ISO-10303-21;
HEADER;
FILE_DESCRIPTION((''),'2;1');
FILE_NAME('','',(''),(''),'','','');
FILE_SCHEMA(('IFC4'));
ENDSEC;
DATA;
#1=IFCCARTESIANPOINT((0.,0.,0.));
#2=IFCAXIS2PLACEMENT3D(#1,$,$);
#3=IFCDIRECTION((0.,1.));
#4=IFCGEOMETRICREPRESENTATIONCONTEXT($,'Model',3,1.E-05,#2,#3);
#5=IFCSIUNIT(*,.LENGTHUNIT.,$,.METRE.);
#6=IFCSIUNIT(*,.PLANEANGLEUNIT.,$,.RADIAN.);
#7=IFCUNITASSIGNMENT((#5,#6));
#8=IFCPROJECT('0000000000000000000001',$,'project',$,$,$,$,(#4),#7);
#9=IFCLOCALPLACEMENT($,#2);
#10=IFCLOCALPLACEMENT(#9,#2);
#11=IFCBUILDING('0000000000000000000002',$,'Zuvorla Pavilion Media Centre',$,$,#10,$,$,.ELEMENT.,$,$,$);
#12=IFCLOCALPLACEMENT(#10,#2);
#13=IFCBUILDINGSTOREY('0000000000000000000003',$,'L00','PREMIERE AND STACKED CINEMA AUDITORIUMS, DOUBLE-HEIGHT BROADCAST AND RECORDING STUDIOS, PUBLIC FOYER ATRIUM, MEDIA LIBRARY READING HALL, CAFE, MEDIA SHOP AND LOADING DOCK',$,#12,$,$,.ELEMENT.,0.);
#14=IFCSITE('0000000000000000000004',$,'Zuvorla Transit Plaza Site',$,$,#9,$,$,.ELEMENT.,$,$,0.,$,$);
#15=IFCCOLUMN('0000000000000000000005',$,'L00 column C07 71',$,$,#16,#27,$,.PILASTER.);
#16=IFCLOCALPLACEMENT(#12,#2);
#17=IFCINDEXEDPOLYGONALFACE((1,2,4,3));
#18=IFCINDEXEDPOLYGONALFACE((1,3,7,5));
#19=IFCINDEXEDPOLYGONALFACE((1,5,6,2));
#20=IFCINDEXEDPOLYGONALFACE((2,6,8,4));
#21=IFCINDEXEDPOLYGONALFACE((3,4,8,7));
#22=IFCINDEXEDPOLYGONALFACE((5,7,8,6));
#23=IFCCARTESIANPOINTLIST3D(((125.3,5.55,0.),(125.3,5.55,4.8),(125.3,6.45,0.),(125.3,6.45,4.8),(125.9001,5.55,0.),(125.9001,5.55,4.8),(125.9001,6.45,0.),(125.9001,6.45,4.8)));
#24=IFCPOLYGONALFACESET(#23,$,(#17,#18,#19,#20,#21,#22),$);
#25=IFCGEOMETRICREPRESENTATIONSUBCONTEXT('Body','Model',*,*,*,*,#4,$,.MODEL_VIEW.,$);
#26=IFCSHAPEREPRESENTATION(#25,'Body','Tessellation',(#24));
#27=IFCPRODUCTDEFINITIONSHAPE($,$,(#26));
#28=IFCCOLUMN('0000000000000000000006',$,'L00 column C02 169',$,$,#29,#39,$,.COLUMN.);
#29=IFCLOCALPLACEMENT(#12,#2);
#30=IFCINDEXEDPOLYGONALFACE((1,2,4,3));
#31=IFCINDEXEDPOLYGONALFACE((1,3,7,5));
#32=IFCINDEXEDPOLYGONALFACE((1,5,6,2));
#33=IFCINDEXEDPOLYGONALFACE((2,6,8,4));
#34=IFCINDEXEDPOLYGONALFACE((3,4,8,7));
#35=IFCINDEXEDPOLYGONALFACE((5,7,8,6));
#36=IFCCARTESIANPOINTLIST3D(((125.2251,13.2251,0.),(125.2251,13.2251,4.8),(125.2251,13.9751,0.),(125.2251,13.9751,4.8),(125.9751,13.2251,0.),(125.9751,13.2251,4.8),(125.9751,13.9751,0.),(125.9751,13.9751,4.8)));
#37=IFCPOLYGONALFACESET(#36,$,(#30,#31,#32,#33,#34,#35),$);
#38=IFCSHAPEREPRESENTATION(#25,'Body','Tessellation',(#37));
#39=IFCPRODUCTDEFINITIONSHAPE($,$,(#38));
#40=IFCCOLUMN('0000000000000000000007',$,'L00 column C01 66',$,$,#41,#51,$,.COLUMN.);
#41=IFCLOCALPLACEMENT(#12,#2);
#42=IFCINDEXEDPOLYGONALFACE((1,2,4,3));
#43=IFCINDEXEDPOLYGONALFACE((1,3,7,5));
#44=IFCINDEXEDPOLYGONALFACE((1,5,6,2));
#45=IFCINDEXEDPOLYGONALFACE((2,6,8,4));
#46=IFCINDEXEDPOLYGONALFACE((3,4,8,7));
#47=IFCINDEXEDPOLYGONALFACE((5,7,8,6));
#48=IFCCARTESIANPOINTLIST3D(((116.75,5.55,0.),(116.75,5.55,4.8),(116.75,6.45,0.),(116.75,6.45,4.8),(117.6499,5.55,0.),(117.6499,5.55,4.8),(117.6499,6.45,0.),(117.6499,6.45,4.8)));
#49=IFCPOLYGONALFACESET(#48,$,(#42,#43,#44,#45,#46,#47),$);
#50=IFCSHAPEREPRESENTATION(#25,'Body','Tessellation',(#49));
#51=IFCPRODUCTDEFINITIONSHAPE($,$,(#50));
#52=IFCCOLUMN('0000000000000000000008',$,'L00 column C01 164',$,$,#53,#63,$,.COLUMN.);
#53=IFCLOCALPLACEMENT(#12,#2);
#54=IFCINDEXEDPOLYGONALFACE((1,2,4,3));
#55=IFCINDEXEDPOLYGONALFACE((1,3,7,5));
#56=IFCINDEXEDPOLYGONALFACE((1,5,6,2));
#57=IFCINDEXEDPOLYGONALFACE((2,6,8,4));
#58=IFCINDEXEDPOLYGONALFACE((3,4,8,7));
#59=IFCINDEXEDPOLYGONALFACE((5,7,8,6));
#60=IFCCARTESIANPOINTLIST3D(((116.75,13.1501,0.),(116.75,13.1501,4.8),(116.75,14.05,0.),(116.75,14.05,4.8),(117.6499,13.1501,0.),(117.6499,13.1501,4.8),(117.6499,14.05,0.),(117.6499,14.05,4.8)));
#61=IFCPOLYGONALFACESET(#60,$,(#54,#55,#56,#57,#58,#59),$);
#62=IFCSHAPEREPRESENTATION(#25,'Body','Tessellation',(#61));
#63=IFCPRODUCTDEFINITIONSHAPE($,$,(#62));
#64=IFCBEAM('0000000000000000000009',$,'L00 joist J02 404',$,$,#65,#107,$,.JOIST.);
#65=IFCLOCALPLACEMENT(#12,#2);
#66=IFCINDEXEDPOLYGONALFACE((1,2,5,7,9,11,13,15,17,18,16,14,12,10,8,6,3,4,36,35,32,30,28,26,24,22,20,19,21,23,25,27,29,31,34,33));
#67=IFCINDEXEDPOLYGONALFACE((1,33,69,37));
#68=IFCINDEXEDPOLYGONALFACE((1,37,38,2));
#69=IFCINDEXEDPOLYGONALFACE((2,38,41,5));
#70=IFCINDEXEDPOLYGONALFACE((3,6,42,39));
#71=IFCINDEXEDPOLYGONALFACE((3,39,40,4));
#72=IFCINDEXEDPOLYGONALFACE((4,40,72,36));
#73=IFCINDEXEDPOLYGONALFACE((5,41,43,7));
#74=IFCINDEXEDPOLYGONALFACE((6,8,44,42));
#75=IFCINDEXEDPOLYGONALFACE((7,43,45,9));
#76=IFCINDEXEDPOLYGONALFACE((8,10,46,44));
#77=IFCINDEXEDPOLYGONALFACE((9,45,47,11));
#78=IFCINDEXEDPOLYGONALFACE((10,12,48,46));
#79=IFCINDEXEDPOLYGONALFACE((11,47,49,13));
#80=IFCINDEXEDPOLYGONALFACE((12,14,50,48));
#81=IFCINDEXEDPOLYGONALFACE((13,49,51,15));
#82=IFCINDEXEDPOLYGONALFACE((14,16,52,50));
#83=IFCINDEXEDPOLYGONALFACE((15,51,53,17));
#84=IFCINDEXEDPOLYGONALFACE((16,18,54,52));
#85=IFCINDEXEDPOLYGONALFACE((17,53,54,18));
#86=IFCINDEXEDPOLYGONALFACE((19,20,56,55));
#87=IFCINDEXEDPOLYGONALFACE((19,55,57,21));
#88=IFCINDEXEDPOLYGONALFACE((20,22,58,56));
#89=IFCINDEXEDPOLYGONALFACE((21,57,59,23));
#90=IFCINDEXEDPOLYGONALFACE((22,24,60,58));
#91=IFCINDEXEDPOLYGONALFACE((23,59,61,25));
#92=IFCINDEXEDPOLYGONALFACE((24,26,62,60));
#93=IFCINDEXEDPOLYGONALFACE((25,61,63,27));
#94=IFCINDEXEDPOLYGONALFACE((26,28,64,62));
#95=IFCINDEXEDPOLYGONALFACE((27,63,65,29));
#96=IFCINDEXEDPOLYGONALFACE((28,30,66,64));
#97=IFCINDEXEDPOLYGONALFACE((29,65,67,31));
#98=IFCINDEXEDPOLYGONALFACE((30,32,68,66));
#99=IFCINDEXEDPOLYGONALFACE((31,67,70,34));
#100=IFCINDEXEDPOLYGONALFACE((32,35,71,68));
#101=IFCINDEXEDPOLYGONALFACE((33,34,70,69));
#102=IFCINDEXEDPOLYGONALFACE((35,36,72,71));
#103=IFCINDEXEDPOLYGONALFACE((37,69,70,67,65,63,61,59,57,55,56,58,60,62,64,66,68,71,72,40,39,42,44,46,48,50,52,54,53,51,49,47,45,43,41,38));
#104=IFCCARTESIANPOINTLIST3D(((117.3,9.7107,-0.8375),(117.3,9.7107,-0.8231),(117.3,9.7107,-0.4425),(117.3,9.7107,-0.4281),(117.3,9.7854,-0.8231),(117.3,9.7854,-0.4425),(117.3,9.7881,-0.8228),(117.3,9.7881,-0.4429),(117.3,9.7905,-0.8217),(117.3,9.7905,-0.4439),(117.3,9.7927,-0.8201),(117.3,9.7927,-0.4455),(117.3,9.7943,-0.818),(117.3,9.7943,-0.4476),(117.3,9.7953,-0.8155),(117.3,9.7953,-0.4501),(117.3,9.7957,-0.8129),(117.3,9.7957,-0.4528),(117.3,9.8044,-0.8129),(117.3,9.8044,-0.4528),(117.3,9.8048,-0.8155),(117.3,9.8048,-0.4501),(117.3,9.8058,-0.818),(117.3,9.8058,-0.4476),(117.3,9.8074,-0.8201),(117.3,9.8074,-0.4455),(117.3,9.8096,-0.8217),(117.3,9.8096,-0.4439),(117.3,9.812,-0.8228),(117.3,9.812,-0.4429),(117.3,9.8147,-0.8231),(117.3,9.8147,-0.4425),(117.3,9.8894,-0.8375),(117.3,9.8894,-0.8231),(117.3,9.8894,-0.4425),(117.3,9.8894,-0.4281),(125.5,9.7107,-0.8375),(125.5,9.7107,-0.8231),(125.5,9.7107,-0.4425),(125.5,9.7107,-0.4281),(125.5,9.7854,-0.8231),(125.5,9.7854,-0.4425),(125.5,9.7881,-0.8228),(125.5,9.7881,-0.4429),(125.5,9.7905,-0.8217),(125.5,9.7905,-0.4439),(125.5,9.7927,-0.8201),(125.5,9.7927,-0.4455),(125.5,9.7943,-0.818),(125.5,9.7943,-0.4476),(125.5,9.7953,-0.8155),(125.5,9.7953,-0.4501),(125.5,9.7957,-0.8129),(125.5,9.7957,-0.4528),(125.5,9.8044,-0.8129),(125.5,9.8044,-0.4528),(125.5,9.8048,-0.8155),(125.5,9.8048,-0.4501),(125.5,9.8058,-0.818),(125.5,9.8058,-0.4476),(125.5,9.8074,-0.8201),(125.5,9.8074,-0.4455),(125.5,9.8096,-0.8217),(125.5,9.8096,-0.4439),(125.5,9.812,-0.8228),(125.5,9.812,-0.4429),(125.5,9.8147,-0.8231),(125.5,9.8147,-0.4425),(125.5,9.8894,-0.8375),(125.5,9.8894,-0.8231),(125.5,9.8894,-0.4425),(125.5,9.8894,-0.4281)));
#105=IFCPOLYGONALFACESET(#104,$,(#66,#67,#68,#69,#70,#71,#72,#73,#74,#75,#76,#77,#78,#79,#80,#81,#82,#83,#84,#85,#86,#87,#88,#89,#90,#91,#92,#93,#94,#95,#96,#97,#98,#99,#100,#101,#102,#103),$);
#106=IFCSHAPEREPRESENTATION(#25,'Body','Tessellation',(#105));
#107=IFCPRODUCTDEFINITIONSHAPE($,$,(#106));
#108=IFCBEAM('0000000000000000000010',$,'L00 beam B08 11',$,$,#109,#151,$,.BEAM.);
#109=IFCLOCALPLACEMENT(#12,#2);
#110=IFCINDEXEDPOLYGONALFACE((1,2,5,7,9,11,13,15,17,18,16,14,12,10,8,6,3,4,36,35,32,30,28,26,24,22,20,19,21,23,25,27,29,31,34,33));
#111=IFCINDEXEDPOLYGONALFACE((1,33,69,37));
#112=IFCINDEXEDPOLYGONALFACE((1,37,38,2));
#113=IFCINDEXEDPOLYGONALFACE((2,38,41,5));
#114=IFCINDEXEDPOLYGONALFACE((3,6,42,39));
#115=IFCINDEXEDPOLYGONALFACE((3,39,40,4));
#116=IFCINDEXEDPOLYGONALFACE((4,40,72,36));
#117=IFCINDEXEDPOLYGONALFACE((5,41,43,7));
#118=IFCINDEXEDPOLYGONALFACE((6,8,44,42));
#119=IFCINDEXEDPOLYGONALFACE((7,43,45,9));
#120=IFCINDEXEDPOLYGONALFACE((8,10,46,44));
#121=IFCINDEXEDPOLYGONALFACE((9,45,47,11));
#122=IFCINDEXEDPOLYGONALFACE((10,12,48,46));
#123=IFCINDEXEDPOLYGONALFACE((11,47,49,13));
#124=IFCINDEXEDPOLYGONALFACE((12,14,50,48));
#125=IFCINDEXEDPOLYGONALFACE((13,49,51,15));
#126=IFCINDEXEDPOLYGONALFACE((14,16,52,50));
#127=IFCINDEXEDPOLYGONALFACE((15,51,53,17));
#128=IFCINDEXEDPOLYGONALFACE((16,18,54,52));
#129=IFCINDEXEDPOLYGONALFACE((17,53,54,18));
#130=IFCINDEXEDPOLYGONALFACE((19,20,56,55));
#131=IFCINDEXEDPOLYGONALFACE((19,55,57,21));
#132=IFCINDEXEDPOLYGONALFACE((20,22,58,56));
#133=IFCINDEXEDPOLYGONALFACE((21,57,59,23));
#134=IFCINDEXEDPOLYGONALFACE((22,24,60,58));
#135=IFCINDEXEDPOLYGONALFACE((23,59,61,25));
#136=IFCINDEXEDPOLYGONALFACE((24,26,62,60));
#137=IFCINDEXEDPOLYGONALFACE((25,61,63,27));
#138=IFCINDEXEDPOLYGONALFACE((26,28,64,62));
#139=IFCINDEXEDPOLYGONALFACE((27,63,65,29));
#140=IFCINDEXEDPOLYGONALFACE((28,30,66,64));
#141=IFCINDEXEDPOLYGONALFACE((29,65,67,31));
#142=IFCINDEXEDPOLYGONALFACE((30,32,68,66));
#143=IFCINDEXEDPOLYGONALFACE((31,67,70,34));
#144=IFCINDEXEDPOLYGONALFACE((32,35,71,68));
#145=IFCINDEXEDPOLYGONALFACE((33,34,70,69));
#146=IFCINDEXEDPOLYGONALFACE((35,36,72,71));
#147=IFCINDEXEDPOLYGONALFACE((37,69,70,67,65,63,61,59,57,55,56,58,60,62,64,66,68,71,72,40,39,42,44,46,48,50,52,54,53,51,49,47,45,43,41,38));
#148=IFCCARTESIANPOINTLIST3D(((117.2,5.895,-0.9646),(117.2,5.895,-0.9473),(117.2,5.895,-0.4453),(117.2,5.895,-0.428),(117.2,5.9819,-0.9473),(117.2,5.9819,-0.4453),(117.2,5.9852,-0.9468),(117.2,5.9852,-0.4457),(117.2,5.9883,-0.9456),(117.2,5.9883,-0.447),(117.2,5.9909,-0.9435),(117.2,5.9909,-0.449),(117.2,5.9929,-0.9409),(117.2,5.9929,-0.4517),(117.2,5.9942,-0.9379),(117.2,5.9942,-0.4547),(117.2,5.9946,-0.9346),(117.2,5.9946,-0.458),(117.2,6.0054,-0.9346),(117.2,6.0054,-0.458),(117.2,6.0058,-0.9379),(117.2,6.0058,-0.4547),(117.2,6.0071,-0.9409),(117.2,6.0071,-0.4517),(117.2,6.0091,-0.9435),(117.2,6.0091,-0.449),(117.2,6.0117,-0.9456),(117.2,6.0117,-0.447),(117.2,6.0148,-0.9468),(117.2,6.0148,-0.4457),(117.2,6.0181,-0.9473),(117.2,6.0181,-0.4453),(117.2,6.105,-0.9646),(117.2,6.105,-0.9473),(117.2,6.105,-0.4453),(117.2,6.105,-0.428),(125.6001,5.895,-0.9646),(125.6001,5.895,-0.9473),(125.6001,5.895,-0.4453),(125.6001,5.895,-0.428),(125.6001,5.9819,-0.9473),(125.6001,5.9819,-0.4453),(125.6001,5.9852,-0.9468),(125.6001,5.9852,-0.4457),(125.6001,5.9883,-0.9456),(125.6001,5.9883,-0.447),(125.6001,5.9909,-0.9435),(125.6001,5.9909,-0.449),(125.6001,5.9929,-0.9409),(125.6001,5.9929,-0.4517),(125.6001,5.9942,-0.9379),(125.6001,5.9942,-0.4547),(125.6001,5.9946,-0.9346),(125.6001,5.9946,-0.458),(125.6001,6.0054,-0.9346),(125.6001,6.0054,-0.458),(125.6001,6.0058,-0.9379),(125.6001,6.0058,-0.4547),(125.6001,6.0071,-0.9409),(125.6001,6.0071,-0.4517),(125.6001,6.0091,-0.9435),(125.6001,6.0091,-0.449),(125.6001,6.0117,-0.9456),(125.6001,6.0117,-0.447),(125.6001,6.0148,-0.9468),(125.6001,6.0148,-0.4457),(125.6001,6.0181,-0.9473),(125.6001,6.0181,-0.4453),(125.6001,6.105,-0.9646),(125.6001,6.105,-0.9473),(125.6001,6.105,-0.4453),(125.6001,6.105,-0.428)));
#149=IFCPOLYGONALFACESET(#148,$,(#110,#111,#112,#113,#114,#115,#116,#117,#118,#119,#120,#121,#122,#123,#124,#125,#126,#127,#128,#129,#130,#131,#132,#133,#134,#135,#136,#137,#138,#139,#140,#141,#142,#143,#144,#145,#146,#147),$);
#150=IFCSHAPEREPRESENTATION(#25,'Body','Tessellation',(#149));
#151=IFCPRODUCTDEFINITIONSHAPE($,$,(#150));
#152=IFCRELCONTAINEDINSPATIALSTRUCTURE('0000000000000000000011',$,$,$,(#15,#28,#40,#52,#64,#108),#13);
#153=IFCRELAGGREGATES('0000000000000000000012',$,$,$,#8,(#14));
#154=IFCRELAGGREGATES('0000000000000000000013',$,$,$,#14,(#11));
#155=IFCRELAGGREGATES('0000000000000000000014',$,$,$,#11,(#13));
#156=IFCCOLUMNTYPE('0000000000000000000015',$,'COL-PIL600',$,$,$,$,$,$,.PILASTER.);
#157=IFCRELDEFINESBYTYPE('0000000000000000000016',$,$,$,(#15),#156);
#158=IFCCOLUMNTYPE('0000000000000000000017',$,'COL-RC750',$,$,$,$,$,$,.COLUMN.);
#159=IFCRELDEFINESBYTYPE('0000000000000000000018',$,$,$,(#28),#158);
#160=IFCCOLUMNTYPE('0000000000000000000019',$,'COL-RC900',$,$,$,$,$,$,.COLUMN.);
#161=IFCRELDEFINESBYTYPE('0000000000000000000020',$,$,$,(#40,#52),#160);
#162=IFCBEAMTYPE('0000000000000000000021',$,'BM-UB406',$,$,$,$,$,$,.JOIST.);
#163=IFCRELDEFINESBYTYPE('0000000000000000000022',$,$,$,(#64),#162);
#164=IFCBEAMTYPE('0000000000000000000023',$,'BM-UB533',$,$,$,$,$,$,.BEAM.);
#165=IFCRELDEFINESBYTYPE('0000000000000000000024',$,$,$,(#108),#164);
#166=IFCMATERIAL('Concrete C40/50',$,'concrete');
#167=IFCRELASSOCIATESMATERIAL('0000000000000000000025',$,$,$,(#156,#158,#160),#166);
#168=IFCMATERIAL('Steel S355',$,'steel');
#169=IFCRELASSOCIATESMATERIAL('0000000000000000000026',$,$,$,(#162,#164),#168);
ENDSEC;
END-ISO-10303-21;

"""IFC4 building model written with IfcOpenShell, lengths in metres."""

from ifc_helpers import new_model, si_unit, direction, frame, origin, origin_2d, place, context, subcontext, project, spatial, rectangle, i_section, extrude, material, material_profile, profile_set, type_object, element, save


model = new_model("IFC4")

# Units and contexts
model_context = context("Model", 3, precision=1e-05, world=origin(), true_north=direction((0.0, 1.0)))
body_context = subcontext(model_context, "Body", "Model", "MODEL_VIEW")
ifc_project = project(units=[si_unit("LENGTHUNIT", "METRE"), si_unit("PLANEANGLEUNIT", "RADIAN")], contexts=[model_context])

# Site, building, storey
site_placement = place(None, origin())
site = spatial("IfcSite", under=ifc_project, at=site_placement, Name="Zuvorla Transit Plaza Site", CompositionType="ELEMENT", RefElevation=0.0)
building_placement = place(site_placement, origin())
building = spatial("IfcBuilding", under=site, at=building_placement, Name="Zuvorla Pavilion Media Centre", CompositionType="ELEMENT")
storey_placement = place(building_placement, origin())
storey = spatial("IfcBuildingStorey", under=building, at=storey_placement, Name="L00", Description="PREMIERE AND STACKED CINEMA AUDITORIUMS, DOUBLE-HEIGHT BROADCAST AND RECORDING STUDIOS, PUBLIC FOYER ATRIUM, MEDIA LIBRARY READING HALL, CAFE, MEDIA SHOP AND LOADING DOCK", CompositionType="ELEMENT", Elevation=0.0)

# Columns
ifc_material_1 = material(Name="Concrete C40/50", Category="concrete")
ifc_material_profile_1 = material_profile(ifc_material_1, rectangle(XDim=0.6001, YDim=0.8999, at=origin_2d()), Name="RC 600x900")
ifc_profile_set_1 = profile_set([ifc_material_profile_1], Name="Concrete C40/50")
column_type_1 = type_object("IfcColumnType", Name="COL-PIL600", PredefinedType="PILASTER", material=ifc_profile_set_1)
column_1_placement = place(storey_placement, frame((125.6001, 6.0, 0.0), z_axis=(0.0, 0.0, 1.0), x_axis=(1.0, 0.0, 0.0)))
element("IfcColumn", 1, at=column_1_placement, inside=storey, type_object=column_type_1, Name="L00 column C07 71", PredefinedType="PILASTER", context=body_context, shape_type="SweptSolid", body=[
    extrude(rectangle(XDim=0.6001, YDim=0.8999, at=origin_2d()), origin(), (0.0, 0.0, 1.0), 4.8),
])
ifc_material_profile_2 = material_profile(ifc_material_1, rectangle(XDim=0.75, YDim=0.75, at=origin_2d()), Name="RC 750x750")
ifc_profile_set_2 = profile_set([ifc_material_profile_2], Name="Concrete C40/50")
column_type_2 = type_object("IfcColumnType", Name="COL-RC750", PredefinedType="COLUMN", material=ifc_profile_set_2)
column_2_placement = place(storey_placement, frame((125.6001, 13.6001, 0.0), z_axis=(0.0, 0.0, 1.0), x_axis=(1.0, 0.0, 0.0)))
element("IfcColumn", 2, at=column_2_placement, inside=storey, type_object=column_type_2, Name="L00 column C02 169", PredefinedType="COLUMN", context=body_context, shape_type="SweptSolid", body=[
    extrude(rectangle(XDim=0.75, YDim=0.75, at=origin_2d()), origin(), (0.0, 0.0, 1.0), 4.8),
])
ifc_material_profile_3 = material_profile(ifc_material_1, rectangle(XDim=0.8999, YDim=0.8999, at=origin_2d()), Name="RC 900x900")
ifc_profile_set_3 = profile_set([ifc_material_profile_3], Name="Concrete C40/50")
column_type_3 = type_object("IfcColumnType", Name="COL-RC900", PredefinedType="COLUMN", material=ifc_profile_set_3)
for number, where, z_axis, x_axis, name in (
    (3, (117.2, 6.0, 0.0), (0.0, 0.0, 1.0), (1.0, 0.0, 0.0), "L00 column C01 66"),
    (4, (117.2, 13.6001, 0.0), (0.0, 0.0, 1.0), (1.0, 0.0, 0.0), "L00 column C01 164"),
):
    element("IfcColumn", number, at=place(storey_placement, frame(where, z_axis=z_axis, x_axis=x_axis)), inside=storey, type_object=column_type_3, Name=name, PredefinedType="COLUMN", context=body_context, shape_type="SweptSolid", body=[
        extrude(rectangle(XDim=0.8999, YDim=0.8999, at=origin_2d()), origin(), (0.0, 0.0, 1.0), 4.8),
    ])

# Beams
ifc_material_2 = material(Name="Steel S355", Category="steel")
ifc_material_profile_4 = material_profile(ifc_material_2, i_section(OverallWidth=0.1787, OverallDepth=0.4094, WebThickness=0.0088, FlangeThickness=0.0144, FilletRadius=0.0103, at=origin_2d()), Name="UB 406x178x67")
ifc_profile_set_4 = profile_set([ifc_material_profile_4], Name="Steel S355")
beam_type_1 = type_object("IfcBeamType", Name="BM-UB406", PredefinedType="JOIST", material=ifc_profile_set_4)
beam_1_placement = place(storey_placement, frame((117.3, 9.8, -0.6328), z_axis=(1.0, 0.0, 0.0), x_axis=(0.0, 1.0, 0.0)))
element("IfcBeam", 5, at=beam_1_placement, inside=storey, type_object=beam_type_1, Name="L00 joist J02 404", PredefinedType="JOIST", context=body_context, shape_type="SweptSolid", body=[
    extrude(i_section(OverallWidth=0.1787, OverallDepth=0.4094, WebThickness=0.0088, FlangeThickness=0.0144, FilletRadius=0.0103, at=origin_2d()), origin(), (0.0, 0.0, 1.0), 8.2),
])
ifc_material_profile_5 = material_profile(ifc_material_2, i_section(OverallWidth=0.21, OverallDepth=0.5366, WebThickness=0.0107, FlangeThickness=0.0173, FilletRadius=0.0127, at=origin_2d()), Name="UB 533x210x101")
ifc_profile_set_5 = profile_set([ifc_material_profile_5], Name="Steel S355")
beam_type_2 = type_object("IfcBeamType", Name="BM-UB533", PredefinedType="BEAM", material=ifc_profile_set_5)
beam_2_placement = place(storey_placement, frame((117.2, 6.0, -0.6963), z_axis=(1.0, 0.0, 0.0), x_axis=(0.0, 1.0, 0.0)))
element("IfcBeam", 6, at=beam_2_placement, inside=storey, type_object=beam_type_2, Name="L00 beam B08 11", PredefinedType="BEAM", context=body_context, shape_type="SweptSolid", body=[
    extrude(i_section(OverallWidth=0.21, OverallDepth=0.5366, WebThickness=0.0107, FlangeThickness=0.0173, FilletRadius=0.0127, at=origin_2d()), origin(), (0.0, 0.0, 1.0), 8.4001),
])

save(model, "model.ifc")
